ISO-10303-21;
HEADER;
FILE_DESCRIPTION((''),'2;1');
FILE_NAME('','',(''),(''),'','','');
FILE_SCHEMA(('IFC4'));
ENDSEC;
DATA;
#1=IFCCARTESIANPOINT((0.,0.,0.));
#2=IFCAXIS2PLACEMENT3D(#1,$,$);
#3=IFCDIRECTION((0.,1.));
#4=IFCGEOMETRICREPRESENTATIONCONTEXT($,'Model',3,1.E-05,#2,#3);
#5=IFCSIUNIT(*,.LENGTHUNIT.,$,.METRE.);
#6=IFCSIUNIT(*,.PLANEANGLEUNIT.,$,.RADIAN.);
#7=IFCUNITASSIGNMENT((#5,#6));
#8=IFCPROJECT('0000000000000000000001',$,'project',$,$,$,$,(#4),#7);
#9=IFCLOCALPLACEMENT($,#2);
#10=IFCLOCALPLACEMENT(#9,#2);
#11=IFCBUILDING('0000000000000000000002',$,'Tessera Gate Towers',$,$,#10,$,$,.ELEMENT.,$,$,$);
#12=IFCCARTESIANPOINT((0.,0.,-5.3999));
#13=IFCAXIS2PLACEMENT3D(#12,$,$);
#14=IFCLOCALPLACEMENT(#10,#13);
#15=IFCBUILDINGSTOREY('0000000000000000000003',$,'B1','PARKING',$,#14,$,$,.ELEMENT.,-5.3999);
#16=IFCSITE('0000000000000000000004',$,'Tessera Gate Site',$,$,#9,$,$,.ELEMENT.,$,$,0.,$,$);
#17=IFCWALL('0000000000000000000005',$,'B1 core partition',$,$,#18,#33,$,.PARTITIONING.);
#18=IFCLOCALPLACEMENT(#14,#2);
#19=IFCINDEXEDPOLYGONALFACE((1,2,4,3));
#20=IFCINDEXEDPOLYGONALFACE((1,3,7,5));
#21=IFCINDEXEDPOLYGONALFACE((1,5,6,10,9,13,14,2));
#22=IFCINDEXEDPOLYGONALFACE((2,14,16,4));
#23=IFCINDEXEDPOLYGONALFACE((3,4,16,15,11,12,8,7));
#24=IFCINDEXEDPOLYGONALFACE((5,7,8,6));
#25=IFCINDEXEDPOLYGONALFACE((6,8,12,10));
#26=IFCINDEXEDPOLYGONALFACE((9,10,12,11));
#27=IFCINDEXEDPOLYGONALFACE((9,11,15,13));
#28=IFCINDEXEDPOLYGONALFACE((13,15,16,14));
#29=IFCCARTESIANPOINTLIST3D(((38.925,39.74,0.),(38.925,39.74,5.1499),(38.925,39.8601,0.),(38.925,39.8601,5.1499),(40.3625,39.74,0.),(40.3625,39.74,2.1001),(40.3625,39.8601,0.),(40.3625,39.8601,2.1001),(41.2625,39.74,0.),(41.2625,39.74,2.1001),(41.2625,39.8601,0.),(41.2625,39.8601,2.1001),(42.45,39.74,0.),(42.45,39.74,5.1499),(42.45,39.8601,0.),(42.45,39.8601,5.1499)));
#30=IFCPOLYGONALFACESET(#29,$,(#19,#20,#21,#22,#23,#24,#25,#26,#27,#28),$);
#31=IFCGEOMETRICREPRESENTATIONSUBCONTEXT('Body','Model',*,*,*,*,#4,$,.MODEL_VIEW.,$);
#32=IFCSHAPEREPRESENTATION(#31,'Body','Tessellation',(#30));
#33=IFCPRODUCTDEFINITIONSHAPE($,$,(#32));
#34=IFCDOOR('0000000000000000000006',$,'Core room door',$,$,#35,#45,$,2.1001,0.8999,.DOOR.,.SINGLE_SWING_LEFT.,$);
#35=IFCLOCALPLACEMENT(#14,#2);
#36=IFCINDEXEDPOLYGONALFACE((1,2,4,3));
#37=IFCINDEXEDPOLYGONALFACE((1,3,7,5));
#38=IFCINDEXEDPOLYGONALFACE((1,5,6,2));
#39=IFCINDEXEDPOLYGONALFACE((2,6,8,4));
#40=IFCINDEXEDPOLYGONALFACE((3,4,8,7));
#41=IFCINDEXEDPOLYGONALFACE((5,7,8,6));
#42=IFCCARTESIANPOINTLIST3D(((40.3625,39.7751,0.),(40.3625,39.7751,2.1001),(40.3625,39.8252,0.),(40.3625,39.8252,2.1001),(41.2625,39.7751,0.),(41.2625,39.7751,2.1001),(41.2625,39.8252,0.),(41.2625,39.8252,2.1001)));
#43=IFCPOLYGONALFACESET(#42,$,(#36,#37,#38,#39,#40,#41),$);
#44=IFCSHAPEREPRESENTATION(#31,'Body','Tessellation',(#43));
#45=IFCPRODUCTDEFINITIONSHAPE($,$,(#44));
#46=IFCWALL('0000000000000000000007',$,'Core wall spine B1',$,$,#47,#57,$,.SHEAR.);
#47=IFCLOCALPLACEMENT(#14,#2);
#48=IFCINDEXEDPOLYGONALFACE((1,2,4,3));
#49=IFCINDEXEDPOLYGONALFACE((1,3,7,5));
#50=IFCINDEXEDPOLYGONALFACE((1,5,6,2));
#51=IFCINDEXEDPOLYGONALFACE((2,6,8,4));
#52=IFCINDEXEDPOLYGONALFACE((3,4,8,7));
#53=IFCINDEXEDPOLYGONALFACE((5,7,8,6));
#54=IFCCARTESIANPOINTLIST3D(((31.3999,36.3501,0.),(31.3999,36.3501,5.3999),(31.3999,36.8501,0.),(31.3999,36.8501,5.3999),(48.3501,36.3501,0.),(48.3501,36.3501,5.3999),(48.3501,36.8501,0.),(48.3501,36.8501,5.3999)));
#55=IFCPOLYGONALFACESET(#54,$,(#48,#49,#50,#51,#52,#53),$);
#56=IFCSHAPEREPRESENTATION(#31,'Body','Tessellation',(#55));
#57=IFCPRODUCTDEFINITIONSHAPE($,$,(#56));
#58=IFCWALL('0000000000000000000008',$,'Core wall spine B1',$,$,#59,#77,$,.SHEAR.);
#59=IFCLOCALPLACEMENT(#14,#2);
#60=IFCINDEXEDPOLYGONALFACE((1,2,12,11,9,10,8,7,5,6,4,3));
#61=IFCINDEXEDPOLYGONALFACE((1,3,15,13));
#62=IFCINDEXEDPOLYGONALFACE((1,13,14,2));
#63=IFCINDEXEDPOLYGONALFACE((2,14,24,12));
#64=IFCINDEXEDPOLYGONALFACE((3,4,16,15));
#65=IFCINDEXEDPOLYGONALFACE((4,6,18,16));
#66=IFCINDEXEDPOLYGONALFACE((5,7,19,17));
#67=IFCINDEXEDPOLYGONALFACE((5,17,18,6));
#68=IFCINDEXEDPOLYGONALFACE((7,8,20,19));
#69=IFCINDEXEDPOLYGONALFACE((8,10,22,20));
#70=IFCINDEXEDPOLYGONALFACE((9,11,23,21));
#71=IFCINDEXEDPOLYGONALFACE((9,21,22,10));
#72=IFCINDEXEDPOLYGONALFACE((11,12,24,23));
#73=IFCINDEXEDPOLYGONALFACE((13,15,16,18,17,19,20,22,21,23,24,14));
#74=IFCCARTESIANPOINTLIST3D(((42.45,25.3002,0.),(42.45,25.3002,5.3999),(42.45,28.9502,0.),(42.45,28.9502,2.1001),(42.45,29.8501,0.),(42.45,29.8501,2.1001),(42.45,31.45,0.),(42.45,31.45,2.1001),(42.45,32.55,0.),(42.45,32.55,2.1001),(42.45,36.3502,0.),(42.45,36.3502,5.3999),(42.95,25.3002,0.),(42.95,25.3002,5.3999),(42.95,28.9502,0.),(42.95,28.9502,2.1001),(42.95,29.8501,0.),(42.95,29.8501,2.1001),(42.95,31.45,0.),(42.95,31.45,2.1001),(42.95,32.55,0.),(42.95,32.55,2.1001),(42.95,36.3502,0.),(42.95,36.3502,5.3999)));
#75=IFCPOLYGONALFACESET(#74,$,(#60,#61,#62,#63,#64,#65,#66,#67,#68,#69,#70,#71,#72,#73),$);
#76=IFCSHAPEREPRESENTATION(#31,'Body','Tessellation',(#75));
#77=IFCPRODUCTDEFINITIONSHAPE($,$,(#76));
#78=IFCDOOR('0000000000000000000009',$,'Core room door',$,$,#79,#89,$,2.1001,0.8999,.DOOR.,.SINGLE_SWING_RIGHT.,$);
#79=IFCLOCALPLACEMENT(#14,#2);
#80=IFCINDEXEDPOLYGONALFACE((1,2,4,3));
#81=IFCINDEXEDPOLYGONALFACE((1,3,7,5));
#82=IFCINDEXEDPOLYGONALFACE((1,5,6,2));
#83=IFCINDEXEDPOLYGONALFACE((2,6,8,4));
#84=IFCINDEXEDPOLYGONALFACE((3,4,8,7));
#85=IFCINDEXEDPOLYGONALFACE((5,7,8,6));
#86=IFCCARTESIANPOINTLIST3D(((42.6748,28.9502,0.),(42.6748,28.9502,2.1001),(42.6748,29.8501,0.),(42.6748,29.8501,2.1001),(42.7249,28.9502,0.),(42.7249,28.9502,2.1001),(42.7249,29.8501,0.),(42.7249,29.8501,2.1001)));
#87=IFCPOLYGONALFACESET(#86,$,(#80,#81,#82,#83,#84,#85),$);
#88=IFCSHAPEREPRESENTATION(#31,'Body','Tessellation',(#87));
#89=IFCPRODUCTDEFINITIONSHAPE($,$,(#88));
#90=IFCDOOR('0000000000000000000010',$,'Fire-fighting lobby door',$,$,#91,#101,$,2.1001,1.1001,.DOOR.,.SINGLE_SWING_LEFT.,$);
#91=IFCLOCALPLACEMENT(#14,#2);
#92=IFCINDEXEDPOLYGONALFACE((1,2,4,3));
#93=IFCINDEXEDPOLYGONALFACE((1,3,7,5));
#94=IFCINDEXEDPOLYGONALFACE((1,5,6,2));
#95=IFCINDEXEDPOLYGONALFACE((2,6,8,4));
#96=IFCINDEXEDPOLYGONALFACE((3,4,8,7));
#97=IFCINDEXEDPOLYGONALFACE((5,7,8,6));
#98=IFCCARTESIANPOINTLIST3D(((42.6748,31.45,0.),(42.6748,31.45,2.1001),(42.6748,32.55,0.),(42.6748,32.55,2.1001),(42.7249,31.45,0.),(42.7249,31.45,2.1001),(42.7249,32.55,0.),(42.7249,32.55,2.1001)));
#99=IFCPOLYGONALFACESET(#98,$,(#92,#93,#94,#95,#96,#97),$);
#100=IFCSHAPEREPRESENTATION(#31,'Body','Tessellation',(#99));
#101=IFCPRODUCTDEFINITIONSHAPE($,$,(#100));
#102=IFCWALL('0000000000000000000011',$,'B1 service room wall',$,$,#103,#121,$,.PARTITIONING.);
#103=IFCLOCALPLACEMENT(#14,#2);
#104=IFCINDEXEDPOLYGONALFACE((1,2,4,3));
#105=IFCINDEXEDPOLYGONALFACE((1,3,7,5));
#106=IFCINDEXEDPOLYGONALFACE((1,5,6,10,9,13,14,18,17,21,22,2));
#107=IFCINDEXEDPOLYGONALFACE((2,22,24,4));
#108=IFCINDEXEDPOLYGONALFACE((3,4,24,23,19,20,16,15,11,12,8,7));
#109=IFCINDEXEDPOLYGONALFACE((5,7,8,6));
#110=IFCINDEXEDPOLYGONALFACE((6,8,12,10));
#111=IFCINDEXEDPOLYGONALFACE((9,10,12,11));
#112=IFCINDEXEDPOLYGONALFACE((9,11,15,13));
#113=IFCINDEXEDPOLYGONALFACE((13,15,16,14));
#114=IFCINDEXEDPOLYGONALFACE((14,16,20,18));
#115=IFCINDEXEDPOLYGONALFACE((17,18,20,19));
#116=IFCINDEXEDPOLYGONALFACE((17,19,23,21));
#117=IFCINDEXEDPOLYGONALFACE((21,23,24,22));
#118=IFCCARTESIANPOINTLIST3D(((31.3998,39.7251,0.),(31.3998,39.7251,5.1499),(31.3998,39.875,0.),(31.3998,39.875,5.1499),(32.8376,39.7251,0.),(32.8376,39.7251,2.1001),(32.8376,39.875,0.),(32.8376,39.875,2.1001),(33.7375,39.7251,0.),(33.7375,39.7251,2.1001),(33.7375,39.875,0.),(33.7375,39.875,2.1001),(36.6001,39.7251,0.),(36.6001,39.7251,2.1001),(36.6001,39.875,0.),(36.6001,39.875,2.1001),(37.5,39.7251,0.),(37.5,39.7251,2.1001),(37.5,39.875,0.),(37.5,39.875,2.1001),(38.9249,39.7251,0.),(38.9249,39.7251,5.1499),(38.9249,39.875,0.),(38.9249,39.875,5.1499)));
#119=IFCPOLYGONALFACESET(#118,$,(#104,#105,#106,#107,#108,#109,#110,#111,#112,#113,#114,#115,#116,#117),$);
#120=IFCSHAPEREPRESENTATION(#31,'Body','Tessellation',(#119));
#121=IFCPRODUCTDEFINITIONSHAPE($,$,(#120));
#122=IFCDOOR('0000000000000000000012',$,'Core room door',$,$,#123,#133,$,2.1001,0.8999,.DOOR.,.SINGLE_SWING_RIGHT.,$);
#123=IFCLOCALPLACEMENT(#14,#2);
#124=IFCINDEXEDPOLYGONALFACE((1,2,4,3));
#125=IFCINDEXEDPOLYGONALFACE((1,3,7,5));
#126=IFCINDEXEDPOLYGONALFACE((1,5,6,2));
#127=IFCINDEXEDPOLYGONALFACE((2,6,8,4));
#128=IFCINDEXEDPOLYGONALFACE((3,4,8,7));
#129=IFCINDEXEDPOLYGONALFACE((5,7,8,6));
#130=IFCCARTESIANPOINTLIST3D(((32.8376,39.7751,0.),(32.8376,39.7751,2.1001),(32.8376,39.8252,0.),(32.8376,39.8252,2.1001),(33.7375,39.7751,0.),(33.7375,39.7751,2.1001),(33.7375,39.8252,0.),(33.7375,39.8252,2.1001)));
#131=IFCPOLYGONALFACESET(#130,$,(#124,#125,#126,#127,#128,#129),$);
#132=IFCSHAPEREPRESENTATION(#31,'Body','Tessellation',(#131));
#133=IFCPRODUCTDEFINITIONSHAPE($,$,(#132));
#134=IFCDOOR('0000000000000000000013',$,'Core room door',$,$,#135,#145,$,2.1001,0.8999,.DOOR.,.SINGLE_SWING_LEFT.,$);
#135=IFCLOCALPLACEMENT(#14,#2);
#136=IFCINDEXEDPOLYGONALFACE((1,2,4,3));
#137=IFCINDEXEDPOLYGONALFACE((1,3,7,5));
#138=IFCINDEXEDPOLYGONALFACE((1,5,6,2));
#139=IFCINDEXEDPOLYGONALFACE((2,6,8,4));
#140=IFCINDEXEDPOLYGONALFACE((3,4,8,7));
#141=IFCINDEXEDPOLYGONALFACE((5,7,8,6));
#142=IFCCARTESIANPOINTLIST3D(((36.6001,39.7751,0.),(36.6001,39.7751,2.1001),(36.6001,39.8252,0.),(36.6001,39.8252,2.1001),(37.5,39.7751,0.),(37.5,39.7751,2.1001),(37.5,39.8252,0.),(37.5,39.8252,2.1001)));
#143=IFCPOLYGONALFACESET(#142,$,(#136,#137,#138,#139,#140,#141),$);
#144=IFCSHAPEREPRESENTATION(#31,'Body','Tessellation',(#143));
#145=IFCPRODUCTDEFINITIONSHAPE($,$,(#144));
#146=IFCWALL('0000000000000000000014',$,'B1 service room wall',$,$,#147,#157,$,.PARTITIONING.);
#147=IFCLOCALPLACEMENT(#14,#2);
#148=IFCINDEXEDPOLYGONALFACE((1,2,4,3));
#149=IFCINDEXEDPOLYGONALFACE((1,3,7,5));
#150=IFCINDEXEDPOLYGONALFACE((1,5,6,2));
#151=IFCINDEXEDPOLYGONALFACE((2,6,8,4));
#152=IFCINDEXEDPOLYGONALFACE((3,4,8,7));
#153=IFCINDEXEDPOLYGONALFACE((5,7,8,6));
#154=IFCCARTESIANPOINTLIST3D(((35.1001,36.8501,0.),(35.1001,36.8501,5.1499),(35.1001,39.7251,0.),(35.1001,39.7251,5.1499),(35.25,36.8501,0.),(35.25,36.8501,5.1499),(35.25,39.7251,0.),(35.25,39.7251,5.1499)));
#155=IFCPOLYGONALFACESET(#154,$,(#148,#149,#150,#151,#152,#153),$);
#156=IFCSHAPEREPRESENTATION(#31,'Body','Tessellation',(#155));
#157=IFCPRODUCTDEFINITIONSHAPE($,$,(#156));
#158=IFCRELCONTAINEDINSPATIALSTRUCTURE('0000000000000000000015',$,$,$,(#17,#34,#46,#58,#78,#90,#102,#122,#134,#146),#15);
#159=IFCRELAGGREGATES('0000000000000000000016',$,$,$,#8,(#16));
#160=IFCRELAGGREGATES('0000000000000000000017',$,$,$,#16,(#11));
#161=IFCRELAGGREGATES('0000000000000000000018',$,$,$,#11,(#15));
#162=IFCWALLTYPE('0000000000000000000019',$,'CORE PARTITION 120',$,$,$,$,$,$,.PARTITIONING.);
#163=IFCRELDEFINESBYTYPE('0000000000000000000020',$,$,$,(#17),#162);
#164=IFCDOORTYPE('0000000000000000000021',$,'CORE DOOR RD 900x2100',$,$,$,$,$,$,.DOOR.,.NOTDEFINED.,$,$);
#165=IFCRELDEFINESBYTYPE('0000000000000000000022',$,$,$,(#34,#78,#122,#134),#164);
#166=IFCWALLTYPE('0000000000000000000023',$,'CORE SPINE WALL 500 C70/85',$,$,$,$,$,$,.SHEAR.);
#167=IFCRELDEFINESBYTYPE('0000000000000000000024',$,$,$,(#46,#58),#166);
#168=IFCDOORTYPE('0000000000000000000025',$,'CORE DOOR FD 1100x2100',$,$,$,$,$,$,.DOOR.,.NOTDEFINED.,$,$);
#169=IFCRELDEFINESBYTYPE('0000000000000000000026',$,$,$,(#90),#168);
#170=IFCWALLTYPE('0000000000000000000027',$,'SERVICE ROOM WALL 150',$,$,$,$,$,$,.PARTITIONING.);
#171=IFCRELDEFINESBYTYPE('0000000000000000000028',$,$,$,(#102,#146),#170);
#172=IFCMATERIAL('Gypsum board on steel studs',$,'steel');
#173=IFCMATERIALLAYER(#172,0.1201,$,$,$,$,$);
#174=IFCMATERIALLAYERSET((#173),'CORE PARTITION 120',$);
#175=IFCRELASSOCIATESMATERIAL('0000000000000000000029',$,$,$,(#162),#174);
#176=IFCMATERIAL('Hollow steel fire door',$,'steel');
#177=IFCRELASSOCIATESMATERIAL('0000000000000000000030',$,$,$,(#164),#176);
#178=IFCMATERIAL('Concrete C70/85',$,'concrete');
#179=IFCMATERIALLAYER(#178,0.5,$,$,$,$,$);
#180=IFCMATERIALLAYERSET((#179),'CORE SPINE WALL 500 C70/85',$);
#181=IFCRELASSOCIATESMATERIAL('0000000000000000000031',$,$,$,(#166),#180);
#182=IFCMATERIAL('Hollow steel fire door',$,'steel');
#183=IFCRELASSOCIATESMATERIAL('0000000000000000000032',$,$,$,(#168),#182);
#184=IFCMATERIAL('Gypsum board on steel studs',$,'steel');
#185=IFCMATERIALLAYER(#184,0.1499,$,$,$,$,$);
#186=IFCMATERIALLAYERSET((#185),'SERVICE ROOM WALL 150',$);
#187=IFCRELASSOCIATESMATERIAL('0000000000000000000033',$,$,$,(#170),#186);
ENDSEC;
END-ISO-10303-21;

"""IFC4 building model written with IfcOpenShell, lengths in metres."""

from ifc_helpers import new_model, si_unit, direction, frame, frame_2d, origin, place, context, subcontext, project, spatial, rectangle, extrude, source, transform, mapped, material, layer, layer_set, type_object, element, fill, save


model = new_model("IFC4")

# Units and contexts
model_context = context("Model", 3, precision=1e-05, world=origin(), true_north=direction((0.0, 1.0)))
body_context = subcontext(model_context, "Body", "Model", "MODEL_VIEW")
ifc_project = project(units=[si_unit("LENGTHUNIT", "METRE"), si_unit("PLANEANGLEUNIT", "RADIAN")], contexts=[model_context])

# Site, building, storey
site_placement = place(None, origin())
site = spatial("IfcSite", under=ifc_project, at=site_placement, Name="Tessera Gate Site", CompositionType="ELEMENT", RefElevation=0.0)
building_placement = place(site_placement, origin())
building = spatial("IfcBuilding", under=site, at=building_placement, Name="Tessera Gate Towers", CompositionType="ELEMENT")
storey_placement = place(building_placement, frame((0.0, 0.0, -5.3999)))
storey = spatial("IfcBuildingStorey", under=building, at=storey_placement, Name="B1", Description="PARKING", CompositionType="ELEMENT", Elevation=-5.3999)

# Wall, opening, door
ifc_material_1 = material(Name="Gypsum board on steel studs", Category="steel")
ifc_layer_1 = layer(ifc_material_1, 0.1201)
ifc_layer_set_1 = layer_set([ifc_layer_1], Name="CORE PARTITION 120")
wall_type_1 = type_object("IfcWallType", Name="CORE PARTITION 120", PredefinedType="PARTITIONING", material=ifc_layer_set_1)
wall_1_placement = place(storey_placement, frame((42.45, 39.8, 0.0), z_axis=(0.0, 0.0, 1.0), x_axis=(-1.0, 0.0, 0.0)))
wall_1 = element("IfcWall", 1, at=wall_1_placement, inside=storey, type_object=wall_type_1, Name="B1 core partition", PredefinedType="PARTITIONING", context=body_context, shape_type="SweptSolid", body=[
    extrude(rectangle(XDim=3.5249, YDim=0.1201, at=frame_2d((1.7625, 0.0))), origin(), (0.0, 0.0, 1.0), 5.1499),
])
shared_shape_1 = source(origin(), body_context, "Body", "SweptSolid", [
    extrude(rectangle(XDim=0.8999, YDim=2.1001, at=frame_2d((0.45, 1.05))), frame((0.0, 0.0701, 0.0), z_axis=(0.0, -1.0, 0.0), x_axis=(1.0, 0.0, 0.0)), (0.0, 0.0, 1.0), 0.1401),
])
opening_1_placement = place(wall_1_placement, frame((1.1875, 0.0, 0.0)))
opening_1 = element("IfcOpeningElement", 2, at=opening_1_placement, cuts=wall_1, PredefinedType="OPENING", context=body_context, shape_type="MappedRepresentation", body=[
    mapped(shared_shape_1, transform((0.0, 0.0, 0.0), scale=1.0)),
])
ifc_material_2 = material(Name="Hollow steel fire door", Category="steel")
door_type_1 = type_object("IfcDoorType", Name="CORE DOOR RD 900x2100", OperationType="NOTDEFINED", PredefinedType="DOOR", material=ifc_material_2)
shared_shape_2 = source(origin(), body_context, "Body", "SweptSolid", [
    extrude(rectangle(XDim=0.8999, YDim=2.1001, at=frame_2d((0.45, 1.05))), frame((0.0, 0.0249, 0.0), z_axis=(0.0, -1.0, 0.0), x_axis=(1.0, 0.0, 0.0)), (0.0, 0.0, 1.0), 0.05),
])
door_1_placement = place(opening_1_placement, origin())
door_1 = element("IfcDoor", 3, at=door_1_placement, inside=storey, type_object=door_type_1, Name="Core room door", OperationType="SINGLE_SWING_LEFT", OverallHeight=2.1001, OverallWidth=0.8999, PredefinedType="DOOR", context=body_context, shape_type="MappedRepresentation", body=[
    mapped(shared_shape_2, transform((0.0, 0.0, 0.0), scale=1.0)),
])
fill(opening_1, door_1)

# Wall
ifc_material_3 = material(Name="Concrete C70/85", Category="concrete")
ifc_layer_2 = layer(ifc_material_3, 0.5)
ifc_layer_set_2 = layer_set([ifc_layer_2], Name="CORE SPINE WALL 500 C70/85")
wall_type_2 = type_object("IfcWallType", Name="CORE SPINE WALL 500 C70/85", PredefinedType="SHEAR", material=ifc_layer_set_2)
wall_2_placement = place(storey_placement, frame((31.3999, 36.6001, 0.0), z_axis=(0.0, 0.0, 1.0), x_axis=(1.0, 0.0, 0.0)))
element("IfcWall", 4, at=wall_2_placement, inside=storey, type_object=wall_type_2, Name="Core wall spine B1", PredefinedType="SHEAR", context=body_context, shape_type="SweptSolid", body=[
    extrude(rectangle(XDim=16.9502, YDim=0.5, at=frame_2d((8.4751, 0.0))), origin(), (0.0, 0.0, 1.0), 5.3999),
])

# Walls, openings, doors
wall_3_placement = place(storey_placement, frame((42.7, 36.3501, 0.0), z_axis=(0.0, 0.0, 1.0), x_axis=(0.0, -1.0, 0.0)))
wall_3 = element("IfcWall", 5, at=wall_3_placement, inside=storey, type_object=wall_type_2, Name="Core wall spine B1", PredefinedType="SHEAR", context=body_context, shape_type="SweptSolid", body=[
    extrude(rectangle(XDim=11.05, YDim=0.5, at=frame_2d((5.5249, 0.0))), origin(), (0.0, 0.0, 1.0), 5.3999),
])
shared_shape_3 = source(origin(), body_context, "Body", "SweptSolid", [
    extrude(rectangle(XDim=0.8999, YDim=2.1001, at=frame_2d((0.45, 1.05))), frame((0.0, 0.26, 0.0), z_axis=(0.0, -1.0, 0.0), x_axis=(1.0, 0.0, 0.0)), (0.0, 0.0, 1.0), 0.52),
])
opening_2_placement = place(wall_3_placement, frame((6.5, 0.0, 0.0)))
opening_2 = element("IfcOpeningElement", 6, at=opening_2_placement, cuts=wall_3, PredefinedType="OPENING", context=body_context, shape_type="MappedRepresentation", body=[
    mapped(shared_shape_3, transform((0.0, 0.0, 0.0), scale=1.0)),
])
shared_shape_4 = source(origin(), body_context, "Body", "SweptSolid", [
    extrude(rectangle(XDim=1.1001, YDim=2.1001, at=frame_2d((0.55, 1.05))), frame((0.0, 0.26, 0.0), z_axis=(0.0, -1.0, 0.0), x_axis=(1.0, 0.0, 0.0)), (0.0, 0.0, 1.0), 0.52),
])
opening_3_placement = place(wall_3_placement, frame((3.8, 0.0, 0.0)))
opening_3 = element("IfcOpeningElement", 7, at=opening_3_placement, cuts=wall_3, PredefinedType="OPENING", context=body_context, shape_type="MappedRepresentation", body=[
    mapped(shared_shape_4, transform((0.0, 0.0, 0.0), scale=1.0)),
])
door_2_placement = place(opening_2_placement, origin())
door_2 = element("IfcDoor", 8, at=door_2_placement, inside=storey, type_object=door_type_1, Name="Core room door", OperationType="SINGLE_SWING_RIGHT", OverallHeight=2.1001, OverallWidth=0.8999, PredefinedType="DOOR", context=body_context, shape_type="MappedRepresentation", body=[
    mapped(shared_shape_2, transform((0.0, 0.0, 0.0), scale=1.0)),
])
fill(opening_2, door_2)
ifc_material_4 = material(Name="Hollow steel fire door", Category="steel")
door_type_2 = type_object("IfcDoorType", Name="CORE DOOR FD 1100x2100", OperationType="NOTDEFINED", PredefinedType="DOOR", material=ifc_material_4)
shared_shape_5 = source(origin(), body_context, "Body", "SweptSolid", [
    extrude(rectangle(XDim=1.1001, YDim=2.1001, at=frame_2d((0.55, 1.05))), frame((0.0, 0.0249, 0.0), z_axis=(0.0, -1.0, 0.0), x_axis=(1.0, 0.0, 0.0)), (0.0, 0.0, 1.0), 0.05),
])
door_3_placement = place(opening_3_placement, origin())
door_3 = element("IfcDoor", 9, at=door_3_placement, inside=storey, type_object=door_type_2, Name="Fire-fighting lobby door", OperationType="SINGLE_SWING_LEFT", OverallHeight=2.1001, OverallWidth=1.1001, PredefinedType="DOOR", context=body_context, shape_type="MappedRepresentation", body=[
    mapped(shared_shape_5, transform((0.0, 0.0, 0.0), scale=1.0)),
])
fill(opening_3, door_3)
ifc_material_5 = material(Name="Gypsum board on steel studs", Category="steel")
ifc_layer_3 = layer(ifc_material_5, 0.1499)
ifc_layer_set_3 = layer_set([ifc_layer_3], Name="SERVICE ROOM WALL 150")
wall_type_3 = type_object("IfcWallType", Name="SERVICE ROOM WALL 150", PredefinedType="PARTITIONING", material=ifc_layer_set_3)
wall_4_placement = place(storey_placement, frame((38.925, 39.8, 0.0), z_axis=(0.0, 0.0, 1.0), x_axis=(-1.0, 0.0, 0.0)))
wall_4 = element("IfcWall", 10, at=wall_4_placement, inside=storey, type_object=wall_type_3, Name="B1 service room wall", PredefinedType="PARTITIONING", context=body_context, shape_type="SweptSolid", body=[
    extrude(rectangle(XDim=7.5251, YDim=0.1499, at=frame_2d((3.7627, 0.0))), origin(), (0.0, 0.0, 1.0), 5.1499),
])
shared_shape_6 = source(origin(), body_context, "Body", "SweptSolid", [
    extrude(rectangle(XDim=0.8999, YDim=2.1001, at=frame_2d((0.45, 1.05))), frame((0.0, 0.085, 0.0), z_axis=(0.0, -1.0, 0.0), x_axis=(1.0, 0.0, 0.0)), (0.0, 0.0, 1.0), 0.1699),
])
opening_4_placement = place(wall_4_placement, frame((5.1875, 0.0, 0.0)))
opening_4 = element("IfcOpeningElement", 11, at=opening_4_placement, cuts=wall_4, PredefinedType="OPENING", context=body_context, shape_type="MappedRepresentation", body=[
    mapped(shared_shape_6, transform((0.0, 0.0, 0.0), scale=1.0)),
])
opening_5_placement = place(wall_4_placement, frame((1.425, 0.0, 0.0)))
opening_5 = element("IfcOpeningElement", 12, at=opening_5_placement, cuts=wall_4, PredefinedType="OPENING", context=body_context, shape_type="MappedRepresentation", body=[
    mapped(shared_shape_6, transform((0.0, 0.0, 0.0), scale=1.0)),
])
door_4_placement = place(opening_4_placement, origin())
door_4 = element("IfcDoor", 13, at=door_4_placement, inside=storey, type_object=door_type_1, Name="Core room door", OperationType="SINGLE_SWING_RIGHT", OverallHeight=2.1001, OverallWidth=0.8999, PredefinedType="DOOR", context=body_context, shape_type="MappedRepresentation", body=[
    mapped(shared_shape_2, transform((0.0, 0.0, 0.0), scale=1.0)),
])
fill(opening_4, door_4)
door_5_placement = place(opening_5_placement, origin())
door_5 = element("IfcDoor", 14, at=door_5_placement, inside=storey, type_object=door_type_1, Name="Core room door", OperationType="SINGLE_SWING_LEFT", OverallHeight=2.1001, OverallWidth=0.8999, PredefinedType="DOOR", context=body_context, shape_type="MappedRepresentation", body=[
    mapped(shared_shape_2, transform((0.0, 0.0, 0.0), scale=1.0)),
])
fill(opening_5, door_5)

# Wall
for number, where, z_axis, x_axis, name in (
    (15, (35.175, 36.8501, 0.0), (0.0, 0.0, 1.0), (0.0, 1.0, 0.0), "B1 service room wall"),
):
    element("IfcWall", number, at=place(storey_placement, frame(where, z_axis=z_axis, x_axis=x_axis)), inside=storey, type_object=wall_type_3, Name=name, PredefinedType="PARTITIONING", context=body_context, shape_type="SweptSolid", body=[
        extrude(rectangle(XDim=2.875, YDim=0.1499, at=frame_2d((1.4375, 0.0))), origin(), (0.0, 0.0, 1.0), 5.1499),
    ])

save(model, "model.ifc")
